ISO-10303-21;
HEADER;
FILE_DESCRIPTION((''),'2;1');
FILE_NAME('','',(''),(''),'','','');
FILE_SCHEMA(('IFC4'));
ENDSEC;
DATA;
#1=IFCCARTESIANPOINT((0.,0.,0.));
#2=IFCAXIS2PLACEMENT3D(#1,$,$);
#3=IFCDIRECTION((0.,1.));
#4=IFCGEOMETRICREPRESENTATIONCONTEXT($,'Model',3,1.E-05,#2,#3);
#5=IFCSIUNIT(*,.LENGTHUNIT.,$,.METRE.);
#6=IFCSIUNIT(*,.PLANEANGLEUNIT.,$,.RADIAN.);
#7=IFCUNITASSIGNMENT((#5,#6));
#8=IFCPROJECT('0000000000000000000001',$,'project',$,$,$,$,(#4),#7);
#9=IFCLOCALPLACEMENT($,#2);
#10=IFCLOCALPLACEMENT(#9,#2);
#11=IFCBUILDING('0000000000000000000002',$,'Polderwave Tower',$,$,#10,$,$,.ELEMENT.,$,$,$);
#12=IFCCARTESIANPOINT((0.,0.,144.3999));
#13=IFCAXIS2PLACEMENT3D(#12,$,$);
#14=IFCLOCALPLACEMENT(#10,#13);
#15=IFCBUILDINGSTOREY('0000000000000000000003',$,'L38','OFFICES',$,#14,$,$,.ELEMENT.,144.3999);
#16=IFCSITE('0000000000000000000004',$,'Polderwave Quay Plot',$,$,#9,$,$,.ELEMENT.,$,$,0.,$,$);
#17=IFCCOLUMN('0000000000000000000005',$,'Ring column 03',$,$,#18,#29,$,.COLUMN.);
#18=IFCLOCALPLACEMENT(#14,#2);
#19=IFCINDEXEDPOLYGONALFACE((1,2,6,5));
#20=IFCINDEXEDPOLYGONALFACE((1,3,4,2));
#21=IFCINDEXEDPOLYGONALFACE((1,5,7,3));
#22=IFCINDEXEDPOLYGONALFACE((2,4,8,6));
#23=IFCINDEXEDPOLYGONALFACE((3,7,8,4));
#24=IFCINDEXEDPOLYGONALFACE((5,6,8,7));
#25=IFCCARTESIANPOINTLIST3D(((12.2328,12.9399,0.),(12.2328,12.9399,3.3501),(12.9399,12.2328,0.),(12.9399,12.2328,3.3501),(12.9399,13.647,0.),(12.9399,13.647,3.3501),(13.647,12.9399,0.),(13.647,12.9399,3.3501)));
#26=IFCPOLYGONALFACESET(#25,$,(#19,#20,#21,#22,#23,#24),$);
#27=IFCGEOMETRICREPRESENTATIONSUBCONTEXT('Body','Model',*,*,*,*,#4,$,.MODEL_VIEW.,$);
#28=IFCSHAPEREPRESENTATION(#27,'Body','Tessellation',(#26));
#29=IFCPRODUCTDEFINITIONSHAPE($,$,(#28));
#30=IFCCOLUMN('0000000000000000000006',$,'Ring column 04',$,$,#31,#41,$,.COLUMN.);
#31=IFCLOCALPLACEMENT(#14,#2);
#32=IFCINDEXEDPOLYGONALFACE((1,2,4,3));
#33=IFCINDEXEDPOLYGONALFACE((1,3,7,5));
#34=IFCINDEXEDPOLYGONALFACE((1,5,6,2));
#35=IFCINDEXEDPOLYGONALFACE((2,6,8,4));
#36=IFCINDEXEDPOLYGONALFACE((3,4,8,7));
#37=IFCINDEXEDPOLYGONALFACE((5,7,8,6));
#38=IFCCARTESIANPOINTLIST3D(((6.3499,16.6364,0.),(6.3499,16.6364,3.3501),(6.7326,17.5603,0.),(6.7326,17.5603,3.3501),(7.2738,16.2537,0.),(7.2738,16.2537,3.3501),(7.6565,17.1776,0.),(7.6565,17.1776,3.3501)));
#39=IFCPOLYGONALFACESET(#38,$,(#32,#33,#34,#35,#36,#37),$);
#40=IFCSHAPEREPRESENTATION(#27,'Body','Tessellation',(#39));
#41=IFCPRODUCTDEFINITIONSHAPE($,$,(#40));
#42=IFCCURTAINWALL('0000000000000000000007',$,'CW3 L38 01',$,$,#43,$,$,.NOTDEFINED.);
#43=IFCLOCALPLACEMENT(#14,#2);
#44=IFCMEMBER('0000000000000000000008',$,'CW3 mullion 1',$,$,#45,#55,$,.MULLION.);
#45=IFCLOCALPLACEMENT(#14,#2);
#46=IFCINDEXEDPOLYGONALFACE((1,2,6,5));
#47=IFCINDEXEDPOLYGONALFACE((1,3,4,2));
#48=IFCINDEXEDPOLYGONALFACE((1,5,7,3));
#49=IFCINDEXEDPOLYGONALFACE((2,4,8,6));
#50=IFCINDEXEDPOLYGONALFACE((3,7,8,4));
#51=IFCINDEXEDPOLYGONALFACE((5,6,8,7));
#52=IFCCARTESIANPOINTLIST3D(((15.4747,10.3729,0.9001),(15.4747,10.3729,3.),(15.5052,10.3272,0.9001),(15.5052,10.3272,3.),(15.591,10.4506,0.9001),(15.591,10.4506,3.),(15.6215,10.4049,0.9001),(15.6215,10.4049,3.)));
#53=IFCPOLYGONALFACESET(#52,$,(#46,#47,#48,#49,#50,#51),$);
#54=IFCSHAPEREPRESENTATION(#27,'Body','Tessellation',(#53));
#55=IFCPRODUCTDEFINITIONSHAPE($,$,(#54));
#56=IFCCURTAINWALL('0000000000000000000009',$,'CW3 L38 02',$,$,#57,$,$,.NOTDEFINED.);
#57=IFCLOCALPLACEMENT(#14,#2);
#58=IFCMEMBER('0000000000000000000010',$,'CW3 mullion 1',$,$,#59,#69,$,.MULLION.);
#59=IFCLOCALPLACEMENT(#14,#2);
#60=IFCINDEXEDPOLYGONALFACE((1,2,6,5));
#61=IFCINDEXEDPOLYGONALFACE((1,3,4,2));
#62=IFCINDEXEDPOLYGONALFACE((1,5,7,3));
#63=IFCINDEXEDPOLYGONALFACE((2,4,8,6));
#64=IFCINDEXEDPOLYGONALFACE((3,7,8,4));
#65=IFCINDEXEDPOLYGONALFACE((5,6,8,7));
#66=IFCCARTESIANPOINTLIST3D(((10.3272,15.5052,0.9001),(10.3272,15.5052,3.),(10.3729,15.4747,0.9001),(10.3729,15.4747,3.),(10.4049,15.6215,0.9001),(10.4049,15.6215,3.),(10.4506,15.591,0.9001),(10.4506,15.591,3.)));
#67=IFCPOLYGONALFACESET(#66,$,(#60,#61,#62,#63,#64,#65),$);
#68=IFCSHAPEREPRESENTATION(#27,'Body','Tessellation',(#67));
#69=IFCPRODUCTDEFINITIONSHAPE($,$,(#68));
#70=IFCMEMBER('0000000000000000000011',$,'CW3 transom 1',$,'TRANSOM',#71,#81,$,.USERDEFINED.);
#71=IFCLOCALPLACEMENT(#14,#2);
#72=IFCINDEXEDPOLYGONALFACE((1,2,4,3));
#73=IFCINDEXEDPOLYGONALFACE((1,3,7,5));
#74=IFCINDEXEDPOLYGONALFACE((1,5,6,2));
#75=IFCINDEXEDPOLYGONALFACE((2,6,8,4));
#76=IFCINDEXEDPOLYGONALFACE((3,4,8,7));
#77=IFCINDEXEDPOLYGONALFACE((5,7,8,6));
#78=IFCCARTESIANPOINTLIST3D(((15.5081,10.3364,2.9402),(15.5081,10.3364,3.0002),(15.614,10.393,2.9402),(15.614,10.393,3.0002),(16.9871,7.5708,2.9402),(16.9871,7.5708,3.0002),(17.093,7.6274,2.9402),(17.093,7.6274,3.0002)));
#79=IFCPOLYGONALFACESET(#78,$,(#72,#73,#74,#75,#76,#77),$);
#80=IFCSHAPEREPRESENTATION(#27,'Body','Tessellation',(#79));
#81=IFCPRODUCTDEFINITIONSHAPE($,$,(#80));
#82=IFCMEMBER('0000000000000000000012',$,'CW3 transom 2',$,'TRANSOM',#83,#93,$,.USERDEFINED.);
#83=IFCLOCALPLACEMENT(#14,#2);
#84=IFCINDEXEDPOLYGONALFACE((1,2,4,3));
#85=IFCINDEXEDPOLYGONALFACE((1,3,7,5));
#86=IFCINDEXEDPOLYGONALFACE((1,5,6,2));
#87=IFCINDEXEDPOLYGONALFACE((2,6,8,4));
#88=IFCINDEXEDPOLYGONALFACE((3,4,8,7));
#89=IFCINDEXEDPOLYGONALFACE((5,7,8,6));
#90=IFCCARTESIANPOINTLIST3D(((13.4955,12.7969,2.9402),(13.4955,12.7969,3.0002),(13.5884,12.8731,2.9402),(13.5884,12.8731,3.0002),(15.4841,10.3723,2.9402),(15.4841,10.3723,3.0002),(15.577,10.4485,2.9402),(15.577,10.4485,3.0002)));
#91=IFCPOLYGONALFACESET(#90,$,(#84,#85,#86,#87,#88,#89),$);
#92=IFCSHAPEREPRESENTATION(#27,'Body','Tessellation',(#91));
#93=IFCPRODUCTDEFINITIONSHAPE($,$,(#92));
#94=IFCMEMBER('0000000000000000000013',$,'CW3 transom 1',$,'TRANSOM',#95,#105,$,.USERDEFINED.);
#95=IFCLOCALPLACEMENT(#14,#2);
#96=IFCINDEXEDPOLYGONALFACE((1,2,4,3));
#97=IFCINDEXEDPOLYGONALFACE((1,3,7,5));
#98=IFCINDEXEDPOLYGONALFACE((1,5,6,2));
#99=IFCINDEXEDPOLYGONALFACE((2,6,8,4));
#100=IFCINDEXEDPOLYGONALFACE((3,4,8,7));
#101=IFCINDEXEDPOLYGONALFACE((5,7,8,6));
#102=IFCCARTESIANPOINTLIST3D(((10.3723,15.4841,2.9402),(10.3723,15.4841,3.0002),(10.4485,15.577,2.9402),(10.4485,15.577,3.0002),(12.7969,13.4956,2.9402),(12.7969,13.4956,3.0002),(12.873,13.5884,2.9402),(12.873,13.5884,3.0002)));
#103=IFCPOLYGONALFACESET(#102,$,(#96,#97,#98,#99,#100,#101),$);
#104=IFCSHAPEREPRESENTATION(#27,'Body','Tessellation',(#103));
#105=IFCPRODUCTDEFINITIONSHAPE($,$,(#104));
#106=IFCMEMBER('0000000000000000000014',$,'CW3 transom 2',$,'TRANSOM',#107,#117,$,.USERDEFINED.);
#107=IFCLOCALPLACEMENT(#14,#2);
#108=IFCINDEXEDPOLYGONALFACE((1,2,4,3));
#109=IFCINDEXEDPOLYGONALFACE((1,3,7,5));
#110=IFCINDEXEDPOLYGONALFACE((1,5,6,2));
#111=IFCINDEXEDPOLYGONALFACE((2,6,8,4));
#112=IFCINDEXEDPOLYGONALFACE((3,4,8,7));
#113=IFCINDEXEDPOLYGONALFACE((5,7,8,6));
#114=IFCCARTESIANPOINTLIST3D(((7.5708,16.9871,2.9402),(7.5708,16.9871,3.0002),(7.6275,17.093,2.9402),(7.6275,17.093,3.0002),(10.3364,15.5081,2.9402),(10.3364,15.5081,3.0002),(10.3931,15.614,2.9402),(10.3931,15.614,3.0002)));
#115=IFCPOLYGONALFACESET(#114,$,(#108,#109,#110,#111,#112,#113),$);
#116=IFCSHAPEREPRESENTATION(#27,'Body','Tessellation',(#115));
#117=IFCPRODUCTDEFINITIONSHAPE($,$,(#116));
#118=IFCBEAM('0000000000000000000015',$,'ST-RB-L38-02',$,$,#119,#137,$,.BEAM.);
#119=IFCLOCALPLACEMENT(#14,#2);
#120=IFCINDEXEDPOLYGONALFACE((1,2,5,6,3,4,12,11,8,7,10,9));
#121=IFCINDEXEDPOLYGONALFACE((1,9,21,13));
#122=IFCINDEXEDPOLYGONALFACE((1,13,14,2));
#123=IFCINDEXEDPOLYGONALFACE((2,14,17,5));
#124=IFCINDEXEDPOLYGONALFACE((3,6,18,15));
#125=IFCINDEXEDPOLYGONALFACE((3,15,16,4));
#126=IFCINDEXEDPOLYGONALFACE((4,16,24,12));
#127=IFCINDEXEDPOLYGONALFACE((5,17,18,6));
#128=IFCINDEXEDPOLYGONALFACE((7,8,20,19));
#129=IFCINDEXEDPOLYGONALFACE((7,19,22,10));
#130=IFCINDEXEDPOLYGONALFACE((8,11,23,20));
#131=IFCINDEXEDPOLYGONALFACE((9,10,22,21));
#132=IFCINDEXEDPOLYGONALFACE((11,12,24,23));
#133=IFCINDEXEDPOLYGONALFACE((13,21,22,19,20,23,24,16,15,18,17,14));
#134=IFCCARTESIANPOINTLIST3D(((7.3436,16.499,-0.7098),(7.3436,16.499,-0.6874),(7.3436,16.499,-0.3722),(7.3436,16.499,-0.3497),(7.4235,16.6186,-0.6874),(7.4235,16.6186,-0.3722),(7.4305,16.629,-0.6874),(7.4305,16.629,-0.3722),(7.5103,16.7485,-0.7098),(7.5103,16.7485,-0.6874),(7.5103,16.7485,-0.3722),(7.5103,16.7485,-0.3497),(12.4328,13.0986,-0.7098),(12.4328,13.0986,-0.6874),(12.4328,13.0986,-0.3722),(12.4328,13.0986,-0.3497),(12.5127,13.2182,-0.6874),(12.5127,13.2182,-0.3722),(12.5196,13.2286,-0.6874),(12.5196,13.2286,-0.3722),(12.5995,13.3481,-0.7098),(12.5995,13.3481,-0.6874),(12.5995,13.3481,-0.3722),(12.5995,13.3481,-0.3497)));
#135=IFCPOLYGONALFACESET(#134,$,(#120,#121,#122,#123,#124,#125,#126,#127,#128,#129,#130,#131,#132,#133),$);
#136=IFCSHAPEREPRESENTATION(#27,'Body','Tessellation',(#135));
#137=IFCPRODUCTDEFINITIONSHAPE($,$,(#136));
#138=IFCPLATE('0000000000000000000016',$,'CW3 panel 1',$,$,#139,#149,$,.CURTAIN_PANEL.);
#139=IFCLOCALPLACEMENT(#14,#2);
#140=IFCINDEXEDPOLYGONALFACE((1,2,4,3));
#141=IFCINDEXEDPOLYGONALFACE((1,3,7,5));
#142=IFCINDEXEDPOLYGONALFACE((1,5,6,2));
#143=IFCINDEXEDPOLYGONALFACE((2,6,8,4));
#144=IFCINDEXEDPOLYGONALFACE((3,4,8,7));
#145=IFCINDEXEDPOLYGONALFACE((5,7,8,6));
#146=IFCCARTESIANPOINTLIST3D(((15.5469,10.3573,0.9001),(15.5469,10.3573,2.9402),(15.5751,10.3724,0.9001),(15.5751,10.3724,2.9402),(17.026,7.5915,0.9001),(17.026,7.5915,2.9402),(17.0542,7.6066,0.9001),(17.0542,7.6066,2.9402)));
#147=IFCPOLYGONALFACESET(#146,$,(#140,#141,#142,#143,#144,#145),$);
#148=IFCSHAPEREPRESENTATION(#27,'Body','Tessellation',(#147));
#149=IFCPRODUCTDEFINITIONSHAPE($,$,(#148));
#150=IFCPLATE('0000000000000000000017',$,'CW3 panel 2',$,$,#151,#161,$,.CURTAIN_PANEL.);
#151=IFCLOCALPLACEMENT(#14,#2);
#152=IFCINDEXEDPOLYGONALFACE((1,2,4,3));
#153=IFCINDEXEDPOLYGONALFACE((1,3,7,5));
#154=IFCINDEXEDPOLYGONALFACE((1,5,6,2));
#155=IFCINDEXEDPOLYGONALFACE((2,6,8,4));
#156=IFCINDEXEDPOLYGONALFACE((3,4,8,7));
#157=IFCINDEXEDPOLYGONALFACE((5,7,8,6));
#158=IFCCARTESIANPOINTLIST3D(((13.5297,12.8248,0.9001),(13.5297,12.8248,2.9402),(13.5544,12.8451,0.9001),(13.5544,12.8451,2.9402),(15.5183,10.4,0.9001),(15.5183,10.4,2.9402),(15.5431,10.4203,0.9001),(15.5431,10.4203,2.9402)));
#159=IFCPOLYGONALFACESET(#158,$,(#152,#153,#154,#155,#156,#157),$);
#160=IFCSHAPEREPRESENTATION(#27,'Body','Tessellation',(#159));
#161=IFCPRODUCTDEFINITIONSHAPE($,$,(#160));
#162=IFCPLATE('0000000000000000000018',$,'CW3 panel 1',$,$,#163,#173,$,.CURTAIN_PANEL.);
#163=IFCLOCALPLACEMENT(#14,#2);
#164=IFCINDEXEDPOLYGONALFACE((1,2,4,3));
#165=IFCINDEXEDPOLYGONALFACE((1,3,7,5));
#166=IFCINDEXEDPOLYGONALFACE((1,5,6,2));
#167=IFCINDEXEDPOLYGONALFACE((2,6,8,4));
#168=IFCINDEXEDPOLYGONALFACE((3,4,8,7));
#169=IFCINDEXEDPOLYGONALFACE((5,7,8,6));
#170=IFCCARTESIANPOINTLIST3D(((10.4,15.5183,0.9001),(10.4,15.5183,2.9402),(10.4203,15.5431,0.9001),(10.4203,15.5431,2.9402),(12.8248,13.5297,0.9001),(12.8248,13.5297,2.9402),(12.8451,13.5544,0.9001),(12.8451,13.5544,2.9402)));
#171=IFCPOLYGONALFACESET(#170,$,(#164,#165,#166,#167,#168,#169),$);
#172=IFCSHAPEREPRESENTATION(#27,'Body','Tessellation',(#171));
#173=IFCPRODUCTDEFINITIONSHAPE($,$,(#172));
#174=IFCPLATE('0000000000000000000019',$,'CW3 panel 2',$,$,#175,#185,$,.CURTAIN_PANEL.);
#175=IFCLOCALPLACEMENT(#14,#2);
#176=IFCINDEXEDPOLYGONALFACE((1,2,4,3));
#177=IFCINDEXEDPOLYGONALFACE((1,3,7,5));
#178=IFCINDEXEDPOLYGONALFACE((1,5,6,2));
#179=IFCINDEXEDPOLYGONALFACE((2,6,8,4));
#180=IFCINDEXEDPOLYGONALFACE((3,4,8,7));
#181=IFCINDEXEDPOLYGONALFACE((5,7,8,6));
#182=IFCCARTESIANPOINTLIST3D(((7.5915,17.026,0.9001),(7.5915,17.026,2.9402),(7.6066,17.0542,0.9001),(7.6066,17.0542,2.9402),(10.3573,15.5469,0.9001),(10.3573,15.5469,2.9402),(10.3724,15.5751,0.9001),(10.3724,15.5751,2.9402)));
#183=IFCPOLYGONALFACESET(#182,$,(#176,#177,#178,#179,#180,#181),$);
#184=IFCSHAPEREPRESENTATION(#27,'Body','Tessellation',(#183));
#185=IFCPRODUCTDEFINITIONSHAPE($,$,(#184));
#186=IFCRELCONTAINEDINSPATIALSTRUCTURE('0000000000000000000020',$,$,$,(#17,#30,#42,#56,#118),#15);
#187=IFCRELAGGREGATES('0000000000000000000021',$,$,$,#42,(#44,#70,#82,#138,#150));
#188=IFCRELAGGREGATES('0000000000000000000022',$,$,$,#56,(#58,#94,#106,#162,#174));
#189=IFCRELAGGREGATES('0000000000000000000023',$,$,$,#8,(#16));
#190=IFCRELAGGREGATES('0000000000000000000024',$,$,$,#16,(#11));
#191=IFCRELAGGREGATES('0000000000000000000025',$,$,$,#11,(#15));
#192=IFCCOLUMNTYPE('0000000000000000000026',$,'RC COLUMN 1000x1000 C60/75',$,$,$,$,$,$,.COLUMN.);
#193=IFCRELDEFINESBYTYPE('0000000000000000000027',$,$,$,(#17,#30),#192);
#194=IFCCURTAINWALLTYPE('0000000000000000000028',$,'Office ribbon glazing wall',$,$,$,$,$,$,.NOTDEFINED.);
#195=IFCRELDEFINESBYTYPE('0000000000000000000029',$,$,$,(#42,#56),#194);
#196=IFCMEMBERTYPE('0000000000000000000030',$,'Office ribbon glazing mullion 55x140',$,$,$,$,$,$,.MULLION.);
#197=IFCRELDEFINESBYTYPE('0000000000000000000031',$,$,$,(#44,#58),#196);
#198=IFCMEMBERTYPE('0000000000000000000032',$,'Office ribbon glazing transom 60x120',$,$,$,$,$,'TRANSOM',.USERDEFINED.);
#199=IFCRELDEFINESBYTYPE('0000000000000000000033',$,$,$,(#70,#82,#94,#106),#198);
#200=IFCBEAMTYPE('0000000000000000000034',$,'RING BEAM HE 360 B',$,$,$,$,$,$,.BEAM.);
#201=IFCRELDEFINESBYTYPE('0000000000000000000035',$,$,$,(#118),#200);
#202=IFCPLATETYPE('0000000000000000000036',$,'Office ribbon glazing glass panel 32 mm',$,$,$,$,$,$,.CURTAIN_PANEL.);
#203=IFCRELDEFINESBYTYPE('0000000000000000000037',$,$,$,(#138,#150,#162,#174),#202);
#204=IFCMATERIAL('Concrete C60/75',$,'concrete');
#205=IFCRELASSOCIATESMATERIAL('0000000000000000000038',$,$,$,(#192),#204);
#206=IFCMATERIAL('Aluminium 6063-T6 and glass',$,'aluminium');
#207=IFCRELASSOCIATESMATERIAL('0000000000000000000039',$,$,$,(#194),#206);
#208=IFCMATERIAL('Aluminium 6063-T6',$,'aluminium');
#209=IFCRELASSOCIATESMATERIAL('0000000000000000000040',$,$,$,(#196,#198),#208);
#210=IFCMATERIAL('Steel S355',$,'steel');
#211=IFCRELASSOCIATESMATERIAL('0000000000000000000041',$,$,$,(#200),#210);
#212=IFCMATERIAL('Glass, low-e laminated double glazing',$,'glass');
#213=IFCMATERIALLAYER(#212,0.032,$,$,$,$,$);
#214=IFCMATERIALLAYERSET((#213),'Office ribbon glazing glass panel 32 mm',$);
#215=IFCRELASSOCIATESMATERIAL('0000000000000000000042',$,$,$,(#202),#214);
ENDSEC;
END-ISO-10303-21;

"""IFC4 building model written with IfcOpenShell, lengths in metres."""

from ifc_helpers import new_model, si_unit, direction, frame, origin, origin_2d, place, context, subcontext, project, spatial, rectangle, i_section, extrude, material, layer, layer_set, material_profile, profile_set, type_object, element, aggregate, save


model = new_model("IFC4")

# Units and contexts
model_context = context("Model", 3, precision=1e-05, world=origin(), true_north=direction((0.0, 1.0)))
body_context = subcontext(model_context, "Body", "Model", "MODEL_VIEW")
ifc_project = project(units=[si_unit("LENGTHUNIT", "METRE"), si_unit("PLANEANGLEUNIT", "RADIAN")], contexts=[model_context])

# Site, building, storey
site_placement = place(None, origin())
site = spatial("IfcSite", under=ifc_project, at=site_placement, Name="Polderwave Quay Plot", CompositionType="ELEMENT", RefElevation=0.0)
building_placement = place(site_placement, origin())
building = spatial("IfcBuilding", under=site, at=building_placement, Name="Polderwave Tower", CompositionType="ELEMENT")
storey_placement = place(building_placement, frame((0.0, 0.0, 144.3999)))
storey = spatial("IfcBuildingStorey", under=building, at=storey_placement, Name="L38", Description="OFFICES", CompositionType="ELEMENT", Elevation=144.3999)

# Columns
ifc_material_1 = material(Name="Concrete C60/75", Category="concrete")
ifc_material_profile_1 = material_profile(ifc_material_1, rectangle(XDim=1.0, YDim=1.0, at=origin_2d()), Name="RC 1000x1000")
ifc_profile_set_1 = profile_set([ifc_material_profile_1], Name="Concrete C60/75")
column_type = type_object("IfcColumnType", Name="RC COLUMN 1000x1000 C60/75", PredefinedType="COLUMN", material=ifc_profile_set_1)
for number, where, z_axis, x_axis, name in (
    (1, (12.9399, 12.9399, 0.0), (0.0, 0.0, 1.0), (0.707107, 0.707107, 0.0), "Ring column 03"),
    (2, (7.0032, 16.907, 0.0), (0.0, 0.0, 1.0), (0.382683, 0.92388, 0.0), "Ring column 04"),
):
    element("IfcColumn", number, at=place(storey_placement, frame(where, z_axis=z_axis, x_axis=x_axis)), inside=storey, type_object=column_type, Name=name, PredefinedType="COLUMN", context=body_context, shape_type="SweptSolid", body=[
        extrude(rectangle(XDim=1.0, YDim=1.0, at=origin_2d()), origin(), (0.0, 0.0, 1.0), 3.3501),
    ])

# Curtain walls, members
ifc_material_2 = material(Name="Aluminium 6063-T6 and glass", Category="aluminium")
curtain_wall_type = type_object("IfcCurtainWallType", Name="Office ribbon glazing wall", PredefinedType="NOTDEFINED", material=ifc_material_2)
curtain_wall_1_placement = place(storey_placement, origin())
curtain_wall_1 = element("IfcCurtainWall", 3, at=curtain_wall_1_placement, inside=storey, type_object=curtain_wall_type, Name="CW3 L38 01", PredefinedType="NOTDEFINED")
ifc_material_3 = material(Name="Aluminium 6063-T6", Category="aluminium")
ifc_material_profile_2 = material_profile(ifc_material_3, rectangle(XDim=0.1399, YDim=0.0549, at=origin_2d()), Name="AL 55x140")
ifc_profile_set_2 = profile_set([ifc_material_profile_2], Name="Aluminium 6063-T6")
member_type_1 = type_object("IfcMemberType", Name="Office ribbon glazing mullion 55x140", PredefinedType="MULLION", material=ifc_profile_set_2)
member_1_placement = place(storey_placement, frame((15.5481, 10.3889, 0.9001), z_axis=(0.0, 0.0, 1.0), x_axis=(-0.831508, -0.555512, 0.0)))
member_1 = element("IfcMember", 4, at=member_1_placement, type_object=member_type_1, Name="CW3 mullion 1", PredefinedType="MULLION", context=body_context, shape_type="SweptSolid", body=[
    extrude(rectangle(XDim=0.1399, YDim=0.0549, at=origin_2d()), origin(), (0.0, 0.0, 1.0), 2.0999),
])
curtain_wall_2_placement = place(storey_placement, origin())
curtain_wall_2 = element("IfcCurtainWall", 5, at=curtain_wall_2_placement, inside=storey, type_object=curtain_wall_type, Name="CW3 L38 02", PredefinedType="NOTDEFINED")
member_2_placement = place(storey_placement, frame((10.3889, 15.5481, 0.9001), z_axis=(0.0, 0.0, 1.0), x_axis=(-0.555512, -0.831508, 0.0)))
member_2 = element("IfcMember", 6, at=member_2_placement, type_object=member_type_1, Name="CW3 mullion 1", PredefinedType="MULLION", context=body_context, shape_type="SweptSolid", body=[
    extrude(rectangle(XDim=0.1399, YDim=0.0549, at=origin_2d()), origin(), (0.0, 0.0, 1.0), 2.0999),
])

# Members
ifc_material_profile_3 = material_profile(ifc_material_3, rectangle(XDim=0.1201, YDim=0.0601, at=origin_2d()), Name="AL 60x120")
ifc_profile_set_3 = profile_set([ifc_material_profile_3], Name="Aluminium 6063-T6")
member_type_2 = type_object("IfcMemberType", Name="Office ribbon glazing transom 60x120", ElementType="TRANSOM", PredefinedType="USERDEFINED", material=ifc_profile_set_3)
member_3_placement = place(storey_placement, frame((17.04, 7.5991, 2.9702), z_axis=(-0.471582, 0.881822, 0.0), x_axis=(-0.881822, -0.471582, 0.0)))
member_3 = element("IfcMember", 7, at=member_3_placement, type_object=member_type_2, Name="CW3 transom 1", ObjectType="TRANSOM", PredefinedType="USERDEFINED", context=body_context, shape_type="SweptSolid", body=[
    extrude(rectangle(XDim=0.1201, YDim=0.0601, at=origin_2d()), origin(), (0.0, 0.0, 1.0), 3.1362),
])
member_4_placement = place(storey_placement, frame((15.5305, 10.4104, 2.9702), z_axis=(-0.634153, 0.773207, 0.0), x_axis=(-0.773207, -0.634153, 0.0)))
member_4 = element("IfcMember", 8, at=member_4_placement, type_object=member_type_2, Name="CW3 transom 2", ObjectType="TRANSOM", PredefinedType="USERDEFINED", context=body_context, shape_type="SweptSolid", body=[
    extrude(rectangle(XDim=0.1201, YDim=0.0601, at=origin_2d()), origin(), (0.0, 0.0, 1.0), 3.1357),
])
member_5_placement = place(storey_placement, frame((12.835, 13.542, 2.9702), z_axis=(-0.773207, 0.634153, 0.0), x_axis=(-0.634153, -0.773207, 0.0)))
member_5 = element("IfcMember", 9, at=member_5_placement, type_object=member_type_2, Name="CW3 transom 1", ObjectType="TRANSOM", PredefinedType="USERDEFINED", context=body_context, shape_type="SweptSolid", body=[
    extrude(rectangle(XDim=0.1201, YDim=0.0601, at=origin_2d()), origin(), (0.0, 0.0, 1.0), 3.1357),
])
member_6_placement = place(storey_placement, frame((10.3647, 15.561, 2.9702), z_axis=(-0.881822, 0.471582, 0.0), x_axis=(-0.471582, -0.881822, 0.0)))
member_6 = element("IfcMember", 10, at=member_6_placement, type_object=member_type_2, Name="CW3 transom 2", ObjectType="TRANSOM", PredefinedType="USERDEFINED", context=body_context, shape_type="SweptSolid", body=[
    extrude(rectangle(XDim=0.1201, YDim=0.0601, at=origin_2d()), origin(), (0.0, 0.0, 1.0), 3.1362),
])

# Beam
ifc_material_4 = material(Name="Steel S355", Category="steel")
ifc_material_profile_4 = material_profile(ifc_material_4, i_section(OverallWidth=0.3, OverallDepth=0.3601, WebThickness=0.0125, FlangeThickness=0.0225, at=origin_2d()), Name="HE 360 B")
ifc_profile_set_4 = profile_set([ifc_material_profile_4], Name="Steel S355")
beam_type = type_object("IfcBeamType", Name="RING BEAM HE 360 B", PredefinedType="BEAM", material=ifc_profile_set_4)
beam_placement = place(storey_placement, frame((12.5161, 13.2234, -0.5298), z_axis=(-0.831473, 0.555565, 0.0), x_axis=(-0.555565, -0.831473, 0.0)))
element("IfcBeam", 11, at=beam_placement, inside=storey, type_object=beam_type, Name="ST-RB-L38-02", PredefinedType="BEAM", context=body_context, shape_type="SweptSolid", body=[
    extrude(i_section(OverallWidth=0.3, OverallDepth=0.3601, WebThickness=0.0125, FlangeThickness=0.0225, at=origin_2d()), origin(), (0.0, 0.0, 1.0), 6.1206),
])

# Plates
ifc_material_5 = material(Name="Glass, low-e laminated double glazing", Category="glass")
ifc_layer_1 = layer(ifc_material_5, 0.032)
ifc_layer_set_1 = layer_set([ifc_layer_1], Name="Office ribbon glazing glass panel 32 mm")
plate_type = type_object("IfcPlateType", Name="Office ribbon glazing glass panel 32 mm", PredefinedType="CURTAIN_PANEL", material=ifc_layer_set_1)
plate_1_placement = place(storey_placement, frame((16.3005, 8.9819, 0.9001), z_axis=(0.0, 0.0, 1.0), x_axis=(-0.471572, 0.881827, 0.0)))
plate_1 = element("IfcPlate", 12, at=plate_1_placement, type_object=plate_type, Name="CW3 panel 1", PredefinedType="CURTAIN_PANEL", context=body_context, shape_type="SweptSolid", body=[
    extrude(rectangle(XDim=3.1365, YDim=0.032, at=origin_2d()), origin(), (0.0, 0.0, 1.0), 2.04),
])
plate_2_placement = place(storey_placement, frame((14.5364, 11.6226, 0.9001), z_axis=(0.0, 0.0, 1.0), x_axis=(-0.634133, 0.773224, 0.0)))
plate_2 = element("IfcPlate", 13, at=plate_2_placement, type_object=plate_type, Name="CW3 panel 2", PredefinedType="CURTAIN_PANEL", context=body_context, shape_type="SweptSolid", body=[
    extrude(rectangle(XDim=3.136, YDim=0.032, at=origin_2d()), origin(), (0.0, 0.0, 1.0), 2.04),
])
aggregate(curtain_wall_1, [member_1, member_3, member_4, plate_1, plate_2])
plate_3_placement = place(storey_placement, frame((11.6226, 14.5364, 0.9001), z_axis=(0.0, 0.0, 1.0), x_axis=(-0.773224, 0.634133, 0.0)))
plate_3 = element("IfcPlate", 14, at=plate_3_placement, type_object=plate_type, Name="CW3 panel 1", PredefinedType="CURTAIN_PANEL", context=body_context, shape_type="SweptSolid", body=[
    extrude(rectangle(XDim=3.136, YDim=0.032, at=origin_2d()), origin(), (0.0, 0.0, 1.0), 2.04),
])
plate_4_placement = place(storey_placement, frame((8.9819, 16.3005, 0.9001), z_axis=(0.0, 0.0, 1.0), x_axis=(-0.881827, 0.471572, 0.0)))
plate_4 = element("IfcPlate", 15, at=plate_4_placement, type_object=plate_type, Name="CW3 panel 2", PredefinedType="CURTAIN_PANEL", context=body_context, shape_type="SweptSolid", body=[
    extrude(rectangle(XDim=3.1365, YDim=0.032, at=origin_2d()), origin(), (0.0, 0.0, 1.0), 2.04),
])
aggregate(curtain_wall_2, [member_2, member_5, member_6, plate_3, plate_4])

save(model, "model.ifc")
